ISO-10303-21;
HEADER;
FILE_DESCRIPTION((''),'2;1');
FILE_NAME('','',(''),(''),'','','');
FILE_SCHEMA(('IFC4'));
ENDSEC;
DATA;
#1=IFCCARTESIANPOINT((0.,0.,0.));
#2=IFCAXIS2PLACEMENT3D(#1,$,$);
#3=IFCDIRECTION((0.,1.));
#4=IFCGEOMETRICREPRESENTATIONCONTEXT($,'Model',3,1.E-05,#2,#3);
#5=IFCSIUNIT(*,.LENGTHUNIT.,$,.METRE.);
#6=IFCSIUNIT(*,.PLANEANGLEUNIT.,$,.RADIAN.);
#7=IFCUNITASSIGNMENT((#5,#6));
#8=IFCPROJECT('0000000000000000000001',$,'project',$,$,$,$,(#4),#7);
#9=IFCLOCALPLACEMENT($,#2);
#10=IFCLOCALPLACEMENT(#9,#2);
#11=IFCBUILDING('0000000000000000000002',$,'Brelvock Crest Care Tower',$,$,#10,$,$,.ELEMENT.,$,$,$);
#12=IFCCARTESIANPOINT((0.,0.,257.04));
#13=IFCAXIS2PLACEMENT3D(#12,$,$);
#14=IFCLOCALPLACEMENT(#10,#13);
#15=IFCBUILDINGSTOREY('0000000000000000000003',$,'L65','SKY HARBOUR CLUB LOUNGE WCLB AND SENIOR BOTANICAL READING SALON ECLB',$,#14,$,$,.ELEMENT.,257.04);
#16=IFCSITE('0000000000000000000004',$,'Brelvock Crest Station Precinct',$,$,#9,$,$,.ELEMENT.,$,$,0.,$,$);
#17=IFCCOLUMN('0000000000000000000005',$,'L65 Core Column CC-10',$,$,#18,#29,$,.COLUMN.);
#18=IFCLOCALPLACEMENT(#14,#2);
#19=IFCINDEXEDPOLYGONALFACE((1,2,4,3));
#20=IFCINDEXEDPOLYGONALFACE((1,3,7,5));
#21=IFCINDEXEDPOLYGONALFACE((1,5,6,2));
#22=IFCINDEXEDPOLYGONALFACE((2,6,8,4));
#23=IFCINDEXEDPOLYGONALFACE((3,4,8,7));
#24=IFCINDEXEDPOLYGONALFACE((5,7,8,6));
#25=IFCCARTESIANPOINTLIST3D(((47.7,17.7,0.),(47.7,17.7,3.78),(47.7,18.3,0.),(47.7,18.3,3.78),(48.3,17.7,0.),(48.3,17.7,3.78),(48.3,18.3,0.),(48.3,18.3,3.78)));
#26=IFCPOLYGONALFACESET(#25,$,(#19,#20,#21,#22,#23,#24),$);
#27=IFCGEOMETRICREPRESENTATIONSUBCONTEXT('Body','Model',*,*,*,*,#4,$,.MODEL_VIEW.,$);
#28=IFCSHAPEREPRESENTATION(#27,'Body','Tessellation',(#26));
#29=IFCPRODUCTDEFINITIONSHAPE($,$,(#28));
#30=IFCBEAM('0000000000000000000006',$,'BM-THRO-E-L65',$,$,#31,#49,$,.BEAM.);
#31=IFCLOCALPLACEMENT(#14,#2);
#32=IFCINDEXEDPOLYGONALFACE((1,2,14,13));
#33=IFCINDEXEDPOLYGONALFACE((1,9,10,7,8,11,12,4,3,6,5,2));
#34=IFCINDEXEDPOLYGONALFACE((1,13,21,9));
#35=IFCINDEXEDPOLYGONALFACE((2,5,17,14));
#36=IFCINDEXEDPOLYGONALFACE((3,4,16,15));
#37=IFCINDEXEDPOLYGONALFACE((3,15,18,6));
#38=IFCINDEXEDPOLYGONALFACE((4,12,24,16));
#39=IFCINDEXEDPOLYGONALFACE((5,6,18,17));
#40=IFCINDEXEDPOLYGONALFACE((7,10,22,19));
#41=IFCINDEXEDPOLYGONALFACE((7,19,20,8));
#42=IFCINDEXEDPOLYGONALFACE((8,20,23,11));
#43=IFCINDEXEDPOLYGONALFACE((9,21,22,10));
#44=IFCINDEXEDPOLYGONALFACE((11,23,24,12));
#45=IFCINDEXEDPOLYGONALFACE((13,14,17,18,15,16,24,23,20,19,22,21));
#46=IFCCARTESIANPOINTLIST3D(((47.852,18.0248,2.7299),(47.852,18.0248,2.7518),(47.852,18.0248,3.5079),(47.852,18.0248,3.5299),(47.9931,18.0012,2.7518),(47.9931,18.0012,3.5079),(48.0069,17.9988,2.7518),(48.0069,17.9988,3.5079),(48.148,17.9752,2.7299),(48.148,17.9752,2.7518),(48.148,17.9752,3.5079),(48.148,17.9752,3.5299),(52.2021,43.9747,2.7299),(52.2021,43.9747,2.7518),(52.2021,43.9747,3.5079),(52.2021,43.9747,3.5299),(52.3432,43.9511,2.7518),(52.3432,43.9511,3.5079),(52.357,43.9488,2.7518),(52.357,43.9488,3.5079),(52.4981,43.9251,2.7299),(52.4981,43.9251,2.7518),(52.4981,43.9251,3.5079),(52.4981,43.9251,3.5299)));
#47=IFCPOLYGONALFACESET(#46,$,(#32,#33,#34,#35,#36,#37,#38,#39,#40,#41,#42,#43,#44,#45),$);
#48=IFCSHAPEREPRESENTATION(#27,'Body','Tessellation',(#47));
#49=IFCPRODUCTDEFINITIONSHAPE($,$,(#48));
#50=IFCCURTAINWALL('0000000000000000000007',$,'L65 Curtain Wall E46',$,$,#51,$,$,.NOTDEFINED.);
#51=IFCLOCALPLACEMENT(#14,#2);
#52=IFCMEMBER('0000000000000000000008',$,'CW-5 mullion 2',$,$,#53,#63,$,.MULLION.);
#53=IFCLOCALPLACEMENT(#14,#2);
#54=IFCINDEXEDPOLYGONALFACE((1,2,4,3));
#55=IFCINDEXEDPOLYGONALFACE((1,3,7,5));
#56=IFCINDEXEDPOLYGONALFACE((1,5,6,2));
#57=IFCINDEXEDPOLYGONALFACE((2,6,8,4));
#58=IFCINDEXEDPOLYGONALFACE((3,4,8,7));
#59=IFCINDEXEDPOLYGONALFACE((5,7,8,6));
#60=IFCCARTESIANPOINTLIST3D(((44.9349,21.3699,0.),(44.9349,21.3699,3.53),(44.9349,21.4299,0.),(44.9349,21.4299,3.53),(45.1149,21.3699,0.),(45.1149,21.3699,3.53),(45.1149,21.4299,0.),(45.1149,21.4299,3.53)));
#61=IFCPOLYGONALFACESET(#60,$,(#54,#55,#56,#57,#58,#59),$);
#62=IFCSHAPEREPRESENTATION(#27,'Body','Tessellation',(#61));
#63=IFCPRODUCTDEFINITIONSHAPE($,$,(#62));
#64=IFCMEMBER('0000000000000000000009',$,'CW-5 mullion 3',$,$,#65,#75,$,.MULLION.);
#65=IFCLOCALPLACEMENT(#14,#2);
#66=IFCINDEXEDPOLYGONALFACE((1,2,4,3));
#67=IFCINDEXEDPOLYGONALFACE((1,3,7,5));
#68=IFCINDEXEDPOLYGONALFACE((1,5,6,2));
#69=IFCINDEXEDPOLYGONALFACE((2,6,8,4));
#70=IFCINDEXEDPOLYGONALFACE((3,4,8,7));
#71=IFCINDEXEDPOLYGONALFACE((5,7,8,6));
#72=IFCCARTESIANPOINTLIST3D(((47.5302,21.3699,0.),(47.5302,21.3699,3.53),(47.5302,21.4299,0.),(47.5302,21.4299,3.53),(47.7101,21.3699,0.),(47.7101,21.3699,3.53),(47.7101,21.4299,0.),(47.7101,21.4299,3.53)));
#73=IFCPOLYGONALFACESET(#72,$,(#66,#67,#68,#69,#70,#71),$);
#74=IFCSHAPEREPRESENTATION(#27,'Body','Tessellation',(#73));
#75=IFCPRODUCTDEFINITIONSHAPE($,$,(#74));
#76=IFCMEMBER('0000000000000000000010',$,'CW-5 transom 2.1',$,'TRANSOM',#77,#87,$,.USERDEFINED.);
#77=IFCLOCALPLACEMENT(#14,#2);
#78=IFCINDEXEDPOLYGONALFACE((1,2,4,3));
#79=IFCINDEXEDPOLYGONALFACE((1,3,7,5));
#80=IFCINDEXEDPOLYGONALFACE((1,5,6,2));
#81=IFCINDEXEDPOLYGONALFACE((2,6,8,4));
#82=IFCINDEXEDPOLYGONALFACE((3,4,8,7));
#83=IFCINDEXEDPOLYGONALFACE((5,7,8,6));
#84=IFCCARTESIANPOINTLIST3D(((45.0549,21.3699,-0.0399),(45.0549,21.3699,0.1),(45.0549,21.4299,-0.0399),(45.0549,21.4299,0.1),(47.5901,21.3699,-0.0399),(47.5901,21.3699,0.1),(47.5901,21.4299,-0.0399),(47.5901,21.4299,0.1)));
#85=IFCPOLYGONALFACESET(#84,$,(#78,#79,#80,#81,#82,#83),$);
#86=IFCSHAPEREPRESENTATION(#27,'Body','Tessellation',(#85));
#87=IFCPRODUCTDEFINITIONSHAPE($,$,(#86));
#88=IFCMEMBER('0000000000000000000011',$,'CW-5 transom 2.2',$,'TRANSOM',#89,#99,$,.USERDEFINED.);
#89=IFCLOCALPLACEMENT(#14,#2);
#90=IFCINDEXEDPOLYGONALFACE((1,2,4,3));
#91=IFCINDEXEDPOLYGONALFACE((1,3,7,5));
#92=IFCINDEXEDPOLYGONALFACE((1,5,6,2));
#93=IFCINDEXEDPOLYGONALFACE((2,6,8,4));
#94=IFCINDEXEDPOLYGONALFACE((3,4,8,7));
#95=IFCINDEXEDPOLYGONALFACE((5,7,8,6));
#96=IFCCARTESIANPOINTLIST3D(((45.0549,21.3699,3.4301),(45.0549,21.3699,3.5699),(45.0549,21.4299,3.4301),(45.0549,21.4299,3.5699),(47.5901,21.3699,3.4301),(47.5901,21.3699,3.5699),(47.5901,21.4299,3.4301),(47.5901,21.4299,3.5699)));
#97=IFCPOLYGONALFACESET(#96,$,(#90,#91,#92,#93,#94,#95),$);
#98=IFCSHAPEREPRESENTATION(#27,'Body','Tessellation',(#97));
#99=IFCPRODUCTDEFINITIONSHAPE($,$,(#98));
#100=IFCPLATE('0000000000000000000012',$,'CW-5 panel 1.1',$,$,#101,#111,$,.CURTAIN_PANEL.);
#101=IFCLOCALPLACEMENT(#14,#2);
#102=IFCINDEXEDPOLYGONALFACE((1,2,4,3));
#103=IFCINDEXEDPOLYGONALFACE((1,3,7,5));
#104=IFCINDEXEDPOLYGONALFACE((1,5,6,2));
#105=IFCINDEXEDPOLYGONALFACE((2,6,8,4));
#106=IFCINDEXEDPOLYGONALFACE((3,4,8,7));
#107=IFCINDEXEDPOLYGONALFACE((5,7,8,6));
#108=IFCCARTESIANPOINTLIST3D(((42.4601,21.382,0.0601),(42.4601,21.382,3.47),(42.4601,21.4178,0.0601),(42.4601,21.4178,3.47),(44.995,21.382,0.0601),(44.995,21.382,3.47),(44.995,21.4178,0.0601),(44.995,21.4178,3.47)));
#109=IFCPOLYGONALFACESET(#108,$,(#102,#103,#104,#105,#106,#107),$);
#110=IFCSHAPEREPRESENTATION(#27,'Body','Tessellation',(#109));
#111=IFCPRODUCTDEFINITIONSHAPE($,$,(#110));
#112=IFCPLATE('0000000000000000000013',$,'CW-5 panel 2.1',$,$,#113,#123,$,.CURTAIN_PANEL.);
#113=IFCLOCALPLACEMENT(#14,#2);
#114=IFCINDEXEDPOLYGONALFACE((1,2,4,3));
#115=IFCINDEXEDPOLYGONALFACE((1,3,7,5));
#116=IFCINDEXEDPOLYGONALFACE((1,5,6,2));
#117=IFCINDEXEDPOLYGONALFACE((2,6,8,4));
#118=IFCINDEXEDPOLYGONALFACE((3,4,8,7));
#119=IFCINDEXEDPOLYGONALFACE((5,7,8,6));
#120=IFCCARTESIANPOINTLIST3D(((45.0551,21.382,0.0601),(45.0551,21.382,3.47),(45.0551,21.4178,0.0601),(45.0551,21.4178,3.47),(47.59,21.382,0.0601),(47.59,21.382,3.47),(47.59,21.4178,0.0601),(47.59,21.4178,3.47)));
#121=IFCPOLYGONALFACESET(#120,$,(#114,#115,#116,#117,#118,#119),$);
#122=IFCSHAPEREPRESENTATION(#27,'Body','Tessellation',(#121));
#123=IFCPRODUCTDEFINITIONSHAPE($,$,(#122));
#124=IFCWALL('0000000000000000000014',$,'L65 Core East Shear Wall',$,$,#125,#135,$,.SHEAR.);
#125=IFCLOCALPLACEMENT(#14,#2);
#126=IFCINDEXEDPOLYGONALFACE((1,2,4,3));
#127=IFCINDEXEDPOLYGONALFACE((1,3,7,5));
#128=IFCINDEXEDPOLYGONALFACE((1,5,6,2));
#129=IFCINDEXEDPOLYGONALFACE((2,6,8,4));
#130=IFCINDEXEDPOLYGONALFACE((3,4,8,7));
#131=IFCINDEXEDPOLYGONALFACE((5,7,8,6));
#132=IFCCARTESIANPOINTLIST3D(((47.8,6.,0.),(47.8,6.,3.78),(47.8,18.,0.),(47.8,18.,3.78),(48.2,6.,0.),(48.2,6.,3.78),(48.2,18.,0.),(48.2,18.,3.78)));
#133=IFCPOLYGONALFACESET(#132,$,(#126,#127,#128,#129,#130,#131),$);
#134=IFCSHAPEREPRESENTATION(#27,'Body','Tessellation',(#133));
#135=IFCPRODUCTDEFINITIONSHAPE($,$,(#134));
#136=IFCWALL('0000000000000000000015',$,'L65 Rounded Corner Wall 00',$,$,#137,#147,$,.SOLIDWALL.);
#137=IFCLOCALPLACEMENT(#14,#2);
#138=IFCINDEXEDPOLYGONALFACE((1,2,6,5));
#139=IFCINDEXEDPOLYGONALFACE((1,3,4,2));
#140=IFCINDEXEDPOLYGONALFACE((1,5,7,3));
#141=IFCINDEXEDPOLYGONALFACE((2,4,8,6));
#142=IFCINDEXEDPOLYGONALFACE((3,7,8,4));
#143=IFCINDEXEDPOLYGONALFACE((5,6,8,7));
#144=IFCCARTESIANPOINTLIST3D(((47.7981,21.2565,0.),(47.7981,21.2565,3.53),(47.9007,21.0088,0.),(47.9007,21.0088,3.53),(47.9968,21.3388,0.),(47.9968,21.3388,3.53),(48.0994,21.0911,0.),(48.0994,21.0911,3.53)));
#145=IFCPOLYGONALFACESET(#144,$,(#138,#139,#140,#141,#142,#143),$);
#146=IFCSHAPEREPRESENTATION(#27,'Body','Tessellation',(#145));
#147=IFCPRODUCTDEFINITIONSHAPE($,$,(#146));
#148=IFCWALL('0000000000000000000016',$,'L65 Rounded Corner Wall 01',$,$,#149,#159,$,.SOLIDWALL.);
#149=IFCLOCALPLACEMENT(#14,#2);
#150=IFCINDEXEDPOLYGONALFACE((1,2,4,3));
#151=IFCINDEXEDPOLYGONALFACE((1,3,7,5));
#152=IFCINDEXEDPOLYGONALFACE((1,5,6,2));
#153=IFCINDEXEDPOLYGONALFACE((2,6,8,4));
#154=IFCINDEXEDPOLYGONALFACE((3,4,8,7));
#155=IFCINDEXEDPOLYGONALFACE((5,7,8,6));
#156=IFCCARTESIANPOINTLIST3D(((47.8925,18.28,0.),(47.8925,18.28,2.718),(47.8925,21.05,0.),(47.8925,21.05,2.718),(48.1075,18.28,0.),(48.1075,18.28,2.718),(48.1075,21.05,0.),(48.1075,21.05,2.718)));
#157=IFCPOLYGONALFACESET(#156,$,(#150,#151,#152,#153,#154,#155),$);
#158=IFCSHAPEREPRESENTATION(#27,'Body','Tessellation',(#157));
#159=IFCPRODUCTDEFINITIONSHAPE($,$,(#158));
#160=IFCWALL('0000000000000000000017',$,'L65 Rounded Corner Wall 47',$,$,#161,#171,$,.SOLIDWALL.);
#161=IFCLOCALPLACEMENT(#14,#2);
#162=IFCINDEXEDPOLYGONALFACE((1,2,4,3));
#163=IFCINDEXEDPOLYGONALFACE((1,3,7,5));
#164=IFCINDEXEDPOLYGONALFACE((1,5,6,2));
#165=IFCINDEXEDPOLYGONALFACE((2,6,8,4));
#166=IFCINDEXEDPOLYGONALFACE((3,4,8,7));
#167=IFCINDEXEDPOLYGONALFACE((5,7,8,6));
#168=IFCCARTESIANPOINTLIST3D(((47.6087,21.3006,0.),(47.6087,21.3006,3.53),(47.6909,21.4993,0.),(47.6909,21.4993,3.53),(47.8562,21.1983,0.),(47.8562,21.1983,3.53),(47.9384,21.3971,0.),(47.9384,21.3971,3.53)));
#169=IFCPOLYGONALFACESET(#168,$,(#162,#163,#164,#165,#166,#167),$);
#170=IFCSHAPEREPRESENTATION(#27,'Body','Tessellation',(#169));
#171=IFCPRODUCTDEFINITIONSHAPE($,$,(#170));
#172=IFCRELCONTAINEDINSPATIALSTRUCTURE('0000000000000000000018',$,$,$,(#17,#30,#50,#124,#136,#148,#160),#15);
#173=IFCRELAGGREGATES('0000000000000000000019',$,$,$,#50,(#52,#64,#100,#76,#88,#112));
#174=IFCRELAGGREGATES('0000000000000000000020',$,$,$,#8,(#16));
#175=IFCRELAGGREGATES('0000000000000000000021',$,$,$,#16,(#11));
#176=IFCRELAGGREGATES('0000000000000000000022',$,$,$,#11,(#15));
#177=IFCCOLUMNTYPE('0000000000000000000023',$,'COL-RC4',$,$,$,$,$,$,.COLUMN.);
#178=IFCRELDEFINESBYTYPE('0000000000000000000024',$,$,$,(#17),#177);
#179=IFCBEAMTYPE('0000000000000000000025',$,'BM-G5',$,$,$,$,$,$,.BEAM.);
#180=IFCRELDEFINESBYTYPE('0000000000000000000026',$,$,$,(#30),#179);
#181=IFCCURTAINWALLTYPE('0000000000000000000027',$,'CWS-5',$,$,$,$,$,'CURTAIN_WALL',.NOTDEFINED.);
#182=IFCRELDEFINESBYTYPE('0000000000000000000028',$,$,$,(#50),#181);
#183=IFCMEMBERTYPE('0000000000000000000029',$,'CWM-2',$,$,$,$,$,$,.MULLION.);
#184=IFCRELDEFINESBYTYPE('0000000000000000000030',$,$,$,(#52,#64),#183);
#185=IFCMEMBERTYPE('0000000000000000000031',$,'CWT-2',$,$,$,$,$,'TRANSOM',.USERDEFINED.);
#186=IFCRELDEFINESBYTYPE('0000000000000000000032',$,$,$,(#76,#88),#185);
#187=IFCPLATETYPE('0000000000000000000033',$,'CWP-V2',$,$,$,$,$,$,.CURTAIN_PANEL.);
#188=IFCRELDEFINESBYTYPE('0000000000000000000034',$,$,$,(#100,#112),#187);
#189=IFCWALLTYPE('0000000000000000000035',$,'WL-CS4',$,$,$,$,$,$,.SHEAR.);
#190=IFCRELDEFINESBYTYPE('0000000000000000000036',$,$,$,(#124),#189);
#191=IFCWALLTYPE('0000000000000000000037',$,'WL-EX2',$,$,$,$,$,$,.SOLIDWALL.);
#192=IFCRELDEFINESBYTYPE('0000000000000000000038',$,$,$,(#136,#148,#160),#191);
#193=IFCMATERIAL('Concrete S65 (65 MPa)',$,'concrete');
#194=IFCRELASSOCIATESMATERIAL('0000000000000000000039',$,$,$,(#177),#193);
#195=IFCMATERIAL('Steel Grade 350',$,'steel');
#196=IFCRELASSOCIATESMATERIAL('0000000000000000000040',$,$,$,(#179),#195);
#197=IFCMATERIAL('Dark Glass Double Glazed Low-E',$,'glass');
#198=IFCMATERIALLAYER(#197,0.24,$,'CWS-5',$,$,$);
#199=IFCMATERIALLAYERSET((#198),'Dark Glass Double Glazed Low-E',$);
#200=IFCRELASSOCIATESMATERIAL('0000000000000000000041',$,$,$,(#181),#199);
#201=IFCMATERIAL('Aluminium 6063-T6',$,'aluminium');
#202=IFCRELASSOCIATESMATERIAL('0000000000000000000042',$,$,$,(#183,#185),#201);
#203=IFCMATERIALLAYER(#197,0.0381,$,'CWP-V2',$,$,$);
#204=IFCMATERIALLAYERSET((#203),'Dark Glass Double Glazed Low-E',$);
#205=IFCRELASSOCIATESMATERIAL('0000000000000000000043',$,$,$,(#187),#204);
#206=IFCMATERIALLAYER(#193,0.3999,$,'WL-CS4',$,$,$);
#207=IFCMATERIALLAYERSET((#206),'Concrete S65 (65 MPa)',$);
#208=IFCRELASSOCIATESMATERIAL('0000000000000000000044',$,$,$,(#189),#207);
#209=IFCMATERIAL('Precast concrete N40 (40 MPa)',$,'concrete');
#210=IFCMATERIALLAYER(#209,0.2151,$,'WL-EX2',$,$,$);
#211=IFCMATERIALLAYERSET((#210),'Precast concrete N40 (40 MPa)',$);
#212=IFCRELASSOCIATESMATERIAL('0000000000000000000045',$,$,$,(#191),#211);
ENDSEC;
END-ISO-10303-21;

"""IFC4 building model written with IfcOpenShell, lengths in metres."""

from ifc_helpers import new_model, si_unit, direction, frame, frame_2d, origin, origin_2d, place, context, subcontext, project, spatial, rectangle, i_section, extrude, source, transform, mapped, material, layer, layer_set, material_profile, profile_set, type_object, element, aggregate, save


model = new_model("IFC4")

# Units and contexts
model_context = context("Model", 3, precision=1e-05, world=origin(), true_north=direction((0.0, 1.0)))
body_context = subcontext(model_context, "Body", "Model", "MODEL_VIEW")
ifc_project = project(units=[si_unit("LENGTHUNIT", "METRE"), si_unit("PLANEANGLEUNIT", "RADIAN")], contexts=[model_context])

# Site, building, storey
site_placement = place(None, origin())
site = spatial("IfcSite", under=ifc_project, at=site_placement, Name="Brelvock Crest Station Precinct", CompositionType="ELEMENT", RefElevation=0.0)
building_placement = place(site_placement, origin())
building = spatial("IfcBuilding", under=site, at=building_placement, Name="Brelvock Crest Care Tower", CompositionType="ELEMENT")
storey_placement = place(building_placement, frame((0.0, 0.0, 257.04)))
storey = spatial("IfcBuildingStorey", under=building, at=storey_placement, Name="L65", Description="SKY HARBOUR CLUB LOUNGE WCLB AND SENIOR BOTANICAL READING SALON ECLB", CompositionType="ELEMENT", Elevation=257.04)

# Column
ifc_material_1 = material(Name="Concrete S65 (65 MPa)", Category="concrete")
ifc_material_profile_1 = material_profile(ifc_material_1, rectangle(XDim=0.6001, YDim=0.6001, at=origin_2d()), Name="RC600x600")
ifc_profile_set_1 = profile_set([ifc_material_profile_1], Name="Concrete S65 (65 MPa)")
column_type = type_object("IfcColumnType", Name="COL-RC4", PredefinedType="COLUMN", material=ifc_profile_set_1)
shared_shape_1 = source(origin(), body_context, "Body", "SweptSolid", [
    extrude(rectangle(XDim=0.6001, YDim=0.6001, at=origin_2d()), origin(), (0.0, 0.0, 1.0), 3.78),
])
column_placement = place(storey_placement, frame((48.0, 18.0, 0.0), z_axis=(0.0, 0.0, 1.0), x_axis=(1.0, 0.0, 0.0)))
element("IfcColumn", 1, at=column_placement, inside=storey, type_object=column_type, Name="L65 Core Column CC-10", PredefinedType="COLUMN", context=body_context, shape_type="MappedRepresentation", body=[
    mapped(shared_shape_1, transform((0.0, 0.0, 0.0), x_axis=(1.0, 0.0, 0.0), y_axis=(0.0, 1.0, 0.0), z_axis=(0.0, 0.0, 1.0), scale=1.0)),
])

# Beam
ifc_material_2 = material(Name="Steel Grade 350", Category="steel")
ifc_material_profile_2 = material_profile(ifc_material_2, i_section(OverallWidth=0.3, OverallDepth=0.8, WebThickness=0.0139, FlangeThickness=0.022, at=origin_2d()), Name="800WB192")
ifc_profile_set_2 = profile_set([ifc_material_profile_2], Name="Steel Grade 350")
beam_type = type_object("IfcBeamType", Name="BM-G5", PredefinedType="BEAM", material=ifc_profile_set_2)
shared_shape_2 = source(origin(), body_context, "Body", "SweptSolid", [
    extrude(i_section(OverallWidth=0.3, OverallDepth=0.8, WebThickness=0.0139, FlangeThickness=0.022, at=origin_2d()), origin(), (0.0, 0.0, 1.0), 26.312),
])
beam_placement = place(storey_placement, frame((48.0, 18.0, 3.1299), z_axis=(0.165327, 0.986239, 0.0), x_axis=(-0.986239, 0.165327, 0.0)))
element("IfcBeam", 2, at=beam_placement, inside=storey, type_object=beam_type, Name="BM-THRO-E-L65", PredefinedType="BEAM", context=body_context, shape_type="MappedRepresentation", body=[
    mapped(shared_shape_2, transform((0.0, 0.0, 0.0), x_axis=(1.0, 0.0, 0.0), y_axis=(0.0, 1.0, 0.0), z_axis=(0.0, 0.0, 1.0), scale=1.0)),
])

# Curtain wall, members, plates
ifc_material_3 = material(Name="Dark Glass Double Glazed Low-E", Category="glass")
ifc_layer_1 = layer(ifc_material_3, 0.24, Name="CWS-5")
ifc_layer_set_1 = layer_set([ifc_layer_1], Name="Dark Glass Double Glazed Low-E")
curtain_wall_type = type_object("IfcCurtainWallType", Name="CWS-5", ElementType="CURTAIN_WALL", PredefinedType="NOTDEFINED", material=ifc_layer_set_1)
curtain_wall_placement = place(storey_placement, origin())
curtain_wall = element("IfcCurtainWall", 3, at=curtain_wall_placement, inside=storey, type_object=curtain_wall_type, Name="L65 Curtain Wall E46", PredefinedType="NOTDEFINED")
ifc_material_4 = material(Name="Aluminium 6063-T6", Category="aluminium")
ifc_material_profile_3 = material_profile(ifc_material_4, rectangle(XDim=0.0601, YDim=0.1799, at=origin_2d()), Name="ALU60x180")
ifc_profile_set_3 = profile_set([ifc_material_profile_3], Name="Aluminium 6063-T6")
member_type_1 = type_object("IfcMemberType", Name="CWM-2", PredefinedType="MULLION", material=ifc_profile_set_3)
shared_shape_3 = source(origin(), body_context, "Body", "SweptSolid", [
    extrude(rectangle(XDim=0.0601, YDim=0.1799, at=origin_2d()), origin(), (0.0, 0.0, 1.0), 3.53),
])
member_1_placement = place(storey_placement, frame((45.0249, 21.3999, 0.0), z_axis=(0.0, 0.0, 1.0), x_axis=(0.0, 1.0, 0.0)))
member_1 = element("IfcMember", 4, at=member_1_placement, type_object=member_type_1, Name="CW-5 mullion 2", PredefinedType="MULLION", context=body_context, shape_type="MappedRepresentation", body=[
    mapped(shared_shape_3, transform((0.0, 0.0, 0.0), x_axis=(1.0, 0.0, 0.0), y_axis=(0.0, 1.0, 0.0), z_axis=(0.0, 0.0, 1.0), scale=1.0)),
])
member_2_placement = place(storey_placement, frame((47.6201, 21.3999, 0.0), z_axis=(0.0, 0.0, 1.0), x_axis=(0.0, 1.0, 0.0)))
member_2 = element("IfcMember", 5, at=member_2_placement, type_object=member_type_1, Name="CW-5 mullion 3", PredefinedType="MULLION", context=body_context, shape_type="MappedRepresentation", body=[
    mapped(shared_shape_3, transform((0.0, 0.0, 0.0), x_axis=(1.0, 0.0, 0.0), y_axis=(0.0, 1.0, 0.0), z_axis=(0.0, 0.0, 1.0), scale=1.0)),
])
ifc_material_profile_4 = material_profile(ifc_material_4, rectangle(XDim=0.0601, YDim=0.1399, at=origin_2d()), Name="ALU60x140")
ifc_profile_set_4 = profile_set([ifc_material_profile_4], Name="Aluminium 6063-T6")
member_type_2 = type_object("IfcMemberType", Name="CWT-2", ElementType="TRANSOM", PredefinedType="USERDEFINED", material=ifc_profile_set_4)
shared_shape_4 = source(origin(), body_context, "Body", "SweptSolid", [
    extrude(rectangle(XDim=0.0601, YDim=0.1399, at=origin_2d()), origin(), (0.0, 0.0, 1.0), 2.5352),
])
member_3_placement = place(storey_placement, frame((45.0549, 21.3999, 0.03), z_axis=(1.0, 0.0, 0.0), x_axis=(0.0, 1.0, 0.0)))
member_3 = element("IfcMember", 6, at=member_3_placement, type_object=member_type_2, Name="CW-5 transom 2.1", ObjectType="TRANSOM", PredefinedType="USERDEFINED", context=body_context, shape_type="MappedRepresentation", body=[
    mapped(shared_shape_4, transform((0.0, 0.0, 0.0), x_axis=(1.0, 0.0, 0.0), y_axis=(0.0, 1.0, 0.0), z_axis=(0.0, 0.0, 1.0), scale=1.0)),
])
member_4_placement = place(storey_placement, frame((45.0549, 21.3999, 3.5), z_axis=(1.0, 0.0, 0.0), x_axis=(0.0, 1.0, 0.0)))
member_4 = element("IfcMember", 7, at=member_4_placement, type_object=member_type_2, Name="CW-5 transom 2.2", ObjectType="TRANSOM", PredefinedType="USERDEFINED", context=body_context, shape_type="MappedRepresentation", body=[
    mapped(shared_shape_4, transform((0.0, 0.0, 0.0), x_axis=(1.0, 0.0, 0.0), y_axis=(0.0, 1.0, 0.0), z_axis=(0.0, 0.0, 1.0), scale=1.0)),
])
ifc_layer_2 = layer(ifc_material_3, 0.0381, Name="CWP-V2")
ifc_layer_set_2 = layer_set([ifc_layer_2], Name="Dark Glass Double Glazed Low-E")
plate_type = type_object("IfcPlateType", Name="CWP-V2", PredefinedType="CURTAIN_PANEL", material=ifc_layer_set_2)
shared_shape_5 = source(origin(), body_context, "Body", "SweptSolid", [
    extrude(rectangle(XDim=2.5349, YDim=0.0359, at=origin_2d()), origin(), (0.0, 0.0, 1.0), 3.4099),
])
plate_1_placement = place(storey_placement, frame((43.7275, 21.3999, 0.0601), z_axis=(0.0, 0.0, 1.0), x_axis=(1.0, 0.0, 0.0)))
plate_1 = element("IfcPlate", 8, at=plate_1_placement, type_object=plate_type, Name="CW-5 panel 1.1", PredefinedType="CURTAIN_PANEL", context=body_context, shape_type="MappedRepresentation", body=[
    mapped(shared_shape_5, transform((0.0, 0.0, 0.0), x_axis=(1.0, 0.0, 0.0), y_axis=(0.0, 1.0, 0.0), z_axis=(0.0, 0.0, 1.0), scale=1.0)),
])
plate_2_placement = place(storey_placement, frame((46.3225, 21.3999, 0.0601), z_axis=(0.0, 0.0, 1.0), x_axis=(1.0, 0.0, 0.0)))
plate_2 = element("IfcPlate", 9, at=plate_2_placement, type_object=plate_type, Name="CW-5 panel 2.1", PredefinedType="CURTAIN_PANEL", context=body_context, shape_type="MappedRepresentation", body=[
    mapped(shared_shape_5, transform((0.0, 0.0, 0.0), x_axis=(1.0, 0.0, 0.0), y_axis=(0.0, 1.0, 0.0), z_axis=(0.0, 0.0, 1.0), scale=1.0)),
])
aggregate(curtain_wall, [member_1, member_2, plate_1, member_3, member_4, plate_2])

# Walls
ifc_layer_3 = layer(ifc_material_1, 0.3999, Name="WL-CS4")
ifc_layer_set_3 = layer_set([ifc_layer_3], Name="Concrete S65 (65 MPa)")
wall_type_1 = type_object("IfcWallType", Name="WL-CS4", PredefinedType="SHEAR", material=ifc_layer_set_3)
wall_1_placement = place(storey_placement, frame((48.0, 18.0, 0.0), z_axis=(0.0, 0.0, 1.0), x_axis=(0.0, -1.0, 0.0)))
element("IfcWall", 10, at=wall_1_placement, inside=storey, type_object=wall_type_1, Name="L65 Core East Shear Wall", PredefinedType="SHEAR", context=body_context, shape_type="SweptSolid", body=[
    extrude(rectangle(XDim=12.0, YDim=0.3999, at=frame_2d((6.0, 0.0))), origin(), (0.0, 0.0, 1.0), 3.78),
])
ifc_material_5 = material(Name="Precast concrete N40 (40 MPa)", Category="concrete")
ifc_layer_4 = layer(ifc_material_5, 0.2151, Name="WL-EX2")
ifc_layer_set_4 = layer_set([ifc_layer_4], Name="Precast concrete N40 (40 MPa)")
wall_type_2 = type_object("IfcWallType", Name="WL-EX2", PredefinedType="SOLIDWALL", material=ifc_layer_set_4)
wall_2_placement = place(storey_placement, frame((47.8975, 21.2976, 0.0), z_axis=(0.0, 0.0, 1.0), x_axis=(0.382674, -0.923884, 0.0)))
element("IfcWall", 11, at=wall_2_placement, inside=storey, type_object=wall_type_2, Name="L65 Rounded Corner Wall 00", PredefinedType="SOLIDWALL", context=body_context, shape_type="SweptSolid", body=[
    extrude(rectangle(XDim=0.2681, YDim=0.2151, at=frame_2d((0.134, 0.0))), origin(), (0.0, 0.0, 1.0), 3.53),
])
wall_3_placement = place(storey_placement, frame((48.0, 21.05, 0.0), z_axis=(0.0, 0.0, 1.0), x_axis=(0.0, -1.0, 0.0)))
element("IfcWall", 12, at=wall_3_placement, inside=storey, type_object=wall_type_2, Name="L65 Rounded Corner Wall 01", PredefinedType="SOLIDWALL", context=body_context, shape_type="SweptSolid", body=[
    extrude(rectangle(XDim=2.77, YDim=0.2151, at=frame_2d((1.385, 0.0))), origin(), (0.0, 0.0, 1.0), 2.718),
])
wall_4_placement = place(storey_placement, frame((47.6499, 21.3999, 0.0), z_axis=(0.0, 0.0, 1.0), x_axis=(0.924205, -0.381896, 0.0)))
element("IfcWall", 13, at=wall_4_placement, inside=storey, type_object=wall_type_2, Name="L65 Rounded Corner Wall 47", PredefinedType="SOLIDWALL", context=body_context, shape_type="SweptSolid", body=[
    extrude(rectangle(XDim=0.2678, YDim=0.2151, at=frame_2d((0.1338, 0.0))), origin(), (0.0, 0.0, 1.0), 3.53),
])

save(model, "model.ifc")
